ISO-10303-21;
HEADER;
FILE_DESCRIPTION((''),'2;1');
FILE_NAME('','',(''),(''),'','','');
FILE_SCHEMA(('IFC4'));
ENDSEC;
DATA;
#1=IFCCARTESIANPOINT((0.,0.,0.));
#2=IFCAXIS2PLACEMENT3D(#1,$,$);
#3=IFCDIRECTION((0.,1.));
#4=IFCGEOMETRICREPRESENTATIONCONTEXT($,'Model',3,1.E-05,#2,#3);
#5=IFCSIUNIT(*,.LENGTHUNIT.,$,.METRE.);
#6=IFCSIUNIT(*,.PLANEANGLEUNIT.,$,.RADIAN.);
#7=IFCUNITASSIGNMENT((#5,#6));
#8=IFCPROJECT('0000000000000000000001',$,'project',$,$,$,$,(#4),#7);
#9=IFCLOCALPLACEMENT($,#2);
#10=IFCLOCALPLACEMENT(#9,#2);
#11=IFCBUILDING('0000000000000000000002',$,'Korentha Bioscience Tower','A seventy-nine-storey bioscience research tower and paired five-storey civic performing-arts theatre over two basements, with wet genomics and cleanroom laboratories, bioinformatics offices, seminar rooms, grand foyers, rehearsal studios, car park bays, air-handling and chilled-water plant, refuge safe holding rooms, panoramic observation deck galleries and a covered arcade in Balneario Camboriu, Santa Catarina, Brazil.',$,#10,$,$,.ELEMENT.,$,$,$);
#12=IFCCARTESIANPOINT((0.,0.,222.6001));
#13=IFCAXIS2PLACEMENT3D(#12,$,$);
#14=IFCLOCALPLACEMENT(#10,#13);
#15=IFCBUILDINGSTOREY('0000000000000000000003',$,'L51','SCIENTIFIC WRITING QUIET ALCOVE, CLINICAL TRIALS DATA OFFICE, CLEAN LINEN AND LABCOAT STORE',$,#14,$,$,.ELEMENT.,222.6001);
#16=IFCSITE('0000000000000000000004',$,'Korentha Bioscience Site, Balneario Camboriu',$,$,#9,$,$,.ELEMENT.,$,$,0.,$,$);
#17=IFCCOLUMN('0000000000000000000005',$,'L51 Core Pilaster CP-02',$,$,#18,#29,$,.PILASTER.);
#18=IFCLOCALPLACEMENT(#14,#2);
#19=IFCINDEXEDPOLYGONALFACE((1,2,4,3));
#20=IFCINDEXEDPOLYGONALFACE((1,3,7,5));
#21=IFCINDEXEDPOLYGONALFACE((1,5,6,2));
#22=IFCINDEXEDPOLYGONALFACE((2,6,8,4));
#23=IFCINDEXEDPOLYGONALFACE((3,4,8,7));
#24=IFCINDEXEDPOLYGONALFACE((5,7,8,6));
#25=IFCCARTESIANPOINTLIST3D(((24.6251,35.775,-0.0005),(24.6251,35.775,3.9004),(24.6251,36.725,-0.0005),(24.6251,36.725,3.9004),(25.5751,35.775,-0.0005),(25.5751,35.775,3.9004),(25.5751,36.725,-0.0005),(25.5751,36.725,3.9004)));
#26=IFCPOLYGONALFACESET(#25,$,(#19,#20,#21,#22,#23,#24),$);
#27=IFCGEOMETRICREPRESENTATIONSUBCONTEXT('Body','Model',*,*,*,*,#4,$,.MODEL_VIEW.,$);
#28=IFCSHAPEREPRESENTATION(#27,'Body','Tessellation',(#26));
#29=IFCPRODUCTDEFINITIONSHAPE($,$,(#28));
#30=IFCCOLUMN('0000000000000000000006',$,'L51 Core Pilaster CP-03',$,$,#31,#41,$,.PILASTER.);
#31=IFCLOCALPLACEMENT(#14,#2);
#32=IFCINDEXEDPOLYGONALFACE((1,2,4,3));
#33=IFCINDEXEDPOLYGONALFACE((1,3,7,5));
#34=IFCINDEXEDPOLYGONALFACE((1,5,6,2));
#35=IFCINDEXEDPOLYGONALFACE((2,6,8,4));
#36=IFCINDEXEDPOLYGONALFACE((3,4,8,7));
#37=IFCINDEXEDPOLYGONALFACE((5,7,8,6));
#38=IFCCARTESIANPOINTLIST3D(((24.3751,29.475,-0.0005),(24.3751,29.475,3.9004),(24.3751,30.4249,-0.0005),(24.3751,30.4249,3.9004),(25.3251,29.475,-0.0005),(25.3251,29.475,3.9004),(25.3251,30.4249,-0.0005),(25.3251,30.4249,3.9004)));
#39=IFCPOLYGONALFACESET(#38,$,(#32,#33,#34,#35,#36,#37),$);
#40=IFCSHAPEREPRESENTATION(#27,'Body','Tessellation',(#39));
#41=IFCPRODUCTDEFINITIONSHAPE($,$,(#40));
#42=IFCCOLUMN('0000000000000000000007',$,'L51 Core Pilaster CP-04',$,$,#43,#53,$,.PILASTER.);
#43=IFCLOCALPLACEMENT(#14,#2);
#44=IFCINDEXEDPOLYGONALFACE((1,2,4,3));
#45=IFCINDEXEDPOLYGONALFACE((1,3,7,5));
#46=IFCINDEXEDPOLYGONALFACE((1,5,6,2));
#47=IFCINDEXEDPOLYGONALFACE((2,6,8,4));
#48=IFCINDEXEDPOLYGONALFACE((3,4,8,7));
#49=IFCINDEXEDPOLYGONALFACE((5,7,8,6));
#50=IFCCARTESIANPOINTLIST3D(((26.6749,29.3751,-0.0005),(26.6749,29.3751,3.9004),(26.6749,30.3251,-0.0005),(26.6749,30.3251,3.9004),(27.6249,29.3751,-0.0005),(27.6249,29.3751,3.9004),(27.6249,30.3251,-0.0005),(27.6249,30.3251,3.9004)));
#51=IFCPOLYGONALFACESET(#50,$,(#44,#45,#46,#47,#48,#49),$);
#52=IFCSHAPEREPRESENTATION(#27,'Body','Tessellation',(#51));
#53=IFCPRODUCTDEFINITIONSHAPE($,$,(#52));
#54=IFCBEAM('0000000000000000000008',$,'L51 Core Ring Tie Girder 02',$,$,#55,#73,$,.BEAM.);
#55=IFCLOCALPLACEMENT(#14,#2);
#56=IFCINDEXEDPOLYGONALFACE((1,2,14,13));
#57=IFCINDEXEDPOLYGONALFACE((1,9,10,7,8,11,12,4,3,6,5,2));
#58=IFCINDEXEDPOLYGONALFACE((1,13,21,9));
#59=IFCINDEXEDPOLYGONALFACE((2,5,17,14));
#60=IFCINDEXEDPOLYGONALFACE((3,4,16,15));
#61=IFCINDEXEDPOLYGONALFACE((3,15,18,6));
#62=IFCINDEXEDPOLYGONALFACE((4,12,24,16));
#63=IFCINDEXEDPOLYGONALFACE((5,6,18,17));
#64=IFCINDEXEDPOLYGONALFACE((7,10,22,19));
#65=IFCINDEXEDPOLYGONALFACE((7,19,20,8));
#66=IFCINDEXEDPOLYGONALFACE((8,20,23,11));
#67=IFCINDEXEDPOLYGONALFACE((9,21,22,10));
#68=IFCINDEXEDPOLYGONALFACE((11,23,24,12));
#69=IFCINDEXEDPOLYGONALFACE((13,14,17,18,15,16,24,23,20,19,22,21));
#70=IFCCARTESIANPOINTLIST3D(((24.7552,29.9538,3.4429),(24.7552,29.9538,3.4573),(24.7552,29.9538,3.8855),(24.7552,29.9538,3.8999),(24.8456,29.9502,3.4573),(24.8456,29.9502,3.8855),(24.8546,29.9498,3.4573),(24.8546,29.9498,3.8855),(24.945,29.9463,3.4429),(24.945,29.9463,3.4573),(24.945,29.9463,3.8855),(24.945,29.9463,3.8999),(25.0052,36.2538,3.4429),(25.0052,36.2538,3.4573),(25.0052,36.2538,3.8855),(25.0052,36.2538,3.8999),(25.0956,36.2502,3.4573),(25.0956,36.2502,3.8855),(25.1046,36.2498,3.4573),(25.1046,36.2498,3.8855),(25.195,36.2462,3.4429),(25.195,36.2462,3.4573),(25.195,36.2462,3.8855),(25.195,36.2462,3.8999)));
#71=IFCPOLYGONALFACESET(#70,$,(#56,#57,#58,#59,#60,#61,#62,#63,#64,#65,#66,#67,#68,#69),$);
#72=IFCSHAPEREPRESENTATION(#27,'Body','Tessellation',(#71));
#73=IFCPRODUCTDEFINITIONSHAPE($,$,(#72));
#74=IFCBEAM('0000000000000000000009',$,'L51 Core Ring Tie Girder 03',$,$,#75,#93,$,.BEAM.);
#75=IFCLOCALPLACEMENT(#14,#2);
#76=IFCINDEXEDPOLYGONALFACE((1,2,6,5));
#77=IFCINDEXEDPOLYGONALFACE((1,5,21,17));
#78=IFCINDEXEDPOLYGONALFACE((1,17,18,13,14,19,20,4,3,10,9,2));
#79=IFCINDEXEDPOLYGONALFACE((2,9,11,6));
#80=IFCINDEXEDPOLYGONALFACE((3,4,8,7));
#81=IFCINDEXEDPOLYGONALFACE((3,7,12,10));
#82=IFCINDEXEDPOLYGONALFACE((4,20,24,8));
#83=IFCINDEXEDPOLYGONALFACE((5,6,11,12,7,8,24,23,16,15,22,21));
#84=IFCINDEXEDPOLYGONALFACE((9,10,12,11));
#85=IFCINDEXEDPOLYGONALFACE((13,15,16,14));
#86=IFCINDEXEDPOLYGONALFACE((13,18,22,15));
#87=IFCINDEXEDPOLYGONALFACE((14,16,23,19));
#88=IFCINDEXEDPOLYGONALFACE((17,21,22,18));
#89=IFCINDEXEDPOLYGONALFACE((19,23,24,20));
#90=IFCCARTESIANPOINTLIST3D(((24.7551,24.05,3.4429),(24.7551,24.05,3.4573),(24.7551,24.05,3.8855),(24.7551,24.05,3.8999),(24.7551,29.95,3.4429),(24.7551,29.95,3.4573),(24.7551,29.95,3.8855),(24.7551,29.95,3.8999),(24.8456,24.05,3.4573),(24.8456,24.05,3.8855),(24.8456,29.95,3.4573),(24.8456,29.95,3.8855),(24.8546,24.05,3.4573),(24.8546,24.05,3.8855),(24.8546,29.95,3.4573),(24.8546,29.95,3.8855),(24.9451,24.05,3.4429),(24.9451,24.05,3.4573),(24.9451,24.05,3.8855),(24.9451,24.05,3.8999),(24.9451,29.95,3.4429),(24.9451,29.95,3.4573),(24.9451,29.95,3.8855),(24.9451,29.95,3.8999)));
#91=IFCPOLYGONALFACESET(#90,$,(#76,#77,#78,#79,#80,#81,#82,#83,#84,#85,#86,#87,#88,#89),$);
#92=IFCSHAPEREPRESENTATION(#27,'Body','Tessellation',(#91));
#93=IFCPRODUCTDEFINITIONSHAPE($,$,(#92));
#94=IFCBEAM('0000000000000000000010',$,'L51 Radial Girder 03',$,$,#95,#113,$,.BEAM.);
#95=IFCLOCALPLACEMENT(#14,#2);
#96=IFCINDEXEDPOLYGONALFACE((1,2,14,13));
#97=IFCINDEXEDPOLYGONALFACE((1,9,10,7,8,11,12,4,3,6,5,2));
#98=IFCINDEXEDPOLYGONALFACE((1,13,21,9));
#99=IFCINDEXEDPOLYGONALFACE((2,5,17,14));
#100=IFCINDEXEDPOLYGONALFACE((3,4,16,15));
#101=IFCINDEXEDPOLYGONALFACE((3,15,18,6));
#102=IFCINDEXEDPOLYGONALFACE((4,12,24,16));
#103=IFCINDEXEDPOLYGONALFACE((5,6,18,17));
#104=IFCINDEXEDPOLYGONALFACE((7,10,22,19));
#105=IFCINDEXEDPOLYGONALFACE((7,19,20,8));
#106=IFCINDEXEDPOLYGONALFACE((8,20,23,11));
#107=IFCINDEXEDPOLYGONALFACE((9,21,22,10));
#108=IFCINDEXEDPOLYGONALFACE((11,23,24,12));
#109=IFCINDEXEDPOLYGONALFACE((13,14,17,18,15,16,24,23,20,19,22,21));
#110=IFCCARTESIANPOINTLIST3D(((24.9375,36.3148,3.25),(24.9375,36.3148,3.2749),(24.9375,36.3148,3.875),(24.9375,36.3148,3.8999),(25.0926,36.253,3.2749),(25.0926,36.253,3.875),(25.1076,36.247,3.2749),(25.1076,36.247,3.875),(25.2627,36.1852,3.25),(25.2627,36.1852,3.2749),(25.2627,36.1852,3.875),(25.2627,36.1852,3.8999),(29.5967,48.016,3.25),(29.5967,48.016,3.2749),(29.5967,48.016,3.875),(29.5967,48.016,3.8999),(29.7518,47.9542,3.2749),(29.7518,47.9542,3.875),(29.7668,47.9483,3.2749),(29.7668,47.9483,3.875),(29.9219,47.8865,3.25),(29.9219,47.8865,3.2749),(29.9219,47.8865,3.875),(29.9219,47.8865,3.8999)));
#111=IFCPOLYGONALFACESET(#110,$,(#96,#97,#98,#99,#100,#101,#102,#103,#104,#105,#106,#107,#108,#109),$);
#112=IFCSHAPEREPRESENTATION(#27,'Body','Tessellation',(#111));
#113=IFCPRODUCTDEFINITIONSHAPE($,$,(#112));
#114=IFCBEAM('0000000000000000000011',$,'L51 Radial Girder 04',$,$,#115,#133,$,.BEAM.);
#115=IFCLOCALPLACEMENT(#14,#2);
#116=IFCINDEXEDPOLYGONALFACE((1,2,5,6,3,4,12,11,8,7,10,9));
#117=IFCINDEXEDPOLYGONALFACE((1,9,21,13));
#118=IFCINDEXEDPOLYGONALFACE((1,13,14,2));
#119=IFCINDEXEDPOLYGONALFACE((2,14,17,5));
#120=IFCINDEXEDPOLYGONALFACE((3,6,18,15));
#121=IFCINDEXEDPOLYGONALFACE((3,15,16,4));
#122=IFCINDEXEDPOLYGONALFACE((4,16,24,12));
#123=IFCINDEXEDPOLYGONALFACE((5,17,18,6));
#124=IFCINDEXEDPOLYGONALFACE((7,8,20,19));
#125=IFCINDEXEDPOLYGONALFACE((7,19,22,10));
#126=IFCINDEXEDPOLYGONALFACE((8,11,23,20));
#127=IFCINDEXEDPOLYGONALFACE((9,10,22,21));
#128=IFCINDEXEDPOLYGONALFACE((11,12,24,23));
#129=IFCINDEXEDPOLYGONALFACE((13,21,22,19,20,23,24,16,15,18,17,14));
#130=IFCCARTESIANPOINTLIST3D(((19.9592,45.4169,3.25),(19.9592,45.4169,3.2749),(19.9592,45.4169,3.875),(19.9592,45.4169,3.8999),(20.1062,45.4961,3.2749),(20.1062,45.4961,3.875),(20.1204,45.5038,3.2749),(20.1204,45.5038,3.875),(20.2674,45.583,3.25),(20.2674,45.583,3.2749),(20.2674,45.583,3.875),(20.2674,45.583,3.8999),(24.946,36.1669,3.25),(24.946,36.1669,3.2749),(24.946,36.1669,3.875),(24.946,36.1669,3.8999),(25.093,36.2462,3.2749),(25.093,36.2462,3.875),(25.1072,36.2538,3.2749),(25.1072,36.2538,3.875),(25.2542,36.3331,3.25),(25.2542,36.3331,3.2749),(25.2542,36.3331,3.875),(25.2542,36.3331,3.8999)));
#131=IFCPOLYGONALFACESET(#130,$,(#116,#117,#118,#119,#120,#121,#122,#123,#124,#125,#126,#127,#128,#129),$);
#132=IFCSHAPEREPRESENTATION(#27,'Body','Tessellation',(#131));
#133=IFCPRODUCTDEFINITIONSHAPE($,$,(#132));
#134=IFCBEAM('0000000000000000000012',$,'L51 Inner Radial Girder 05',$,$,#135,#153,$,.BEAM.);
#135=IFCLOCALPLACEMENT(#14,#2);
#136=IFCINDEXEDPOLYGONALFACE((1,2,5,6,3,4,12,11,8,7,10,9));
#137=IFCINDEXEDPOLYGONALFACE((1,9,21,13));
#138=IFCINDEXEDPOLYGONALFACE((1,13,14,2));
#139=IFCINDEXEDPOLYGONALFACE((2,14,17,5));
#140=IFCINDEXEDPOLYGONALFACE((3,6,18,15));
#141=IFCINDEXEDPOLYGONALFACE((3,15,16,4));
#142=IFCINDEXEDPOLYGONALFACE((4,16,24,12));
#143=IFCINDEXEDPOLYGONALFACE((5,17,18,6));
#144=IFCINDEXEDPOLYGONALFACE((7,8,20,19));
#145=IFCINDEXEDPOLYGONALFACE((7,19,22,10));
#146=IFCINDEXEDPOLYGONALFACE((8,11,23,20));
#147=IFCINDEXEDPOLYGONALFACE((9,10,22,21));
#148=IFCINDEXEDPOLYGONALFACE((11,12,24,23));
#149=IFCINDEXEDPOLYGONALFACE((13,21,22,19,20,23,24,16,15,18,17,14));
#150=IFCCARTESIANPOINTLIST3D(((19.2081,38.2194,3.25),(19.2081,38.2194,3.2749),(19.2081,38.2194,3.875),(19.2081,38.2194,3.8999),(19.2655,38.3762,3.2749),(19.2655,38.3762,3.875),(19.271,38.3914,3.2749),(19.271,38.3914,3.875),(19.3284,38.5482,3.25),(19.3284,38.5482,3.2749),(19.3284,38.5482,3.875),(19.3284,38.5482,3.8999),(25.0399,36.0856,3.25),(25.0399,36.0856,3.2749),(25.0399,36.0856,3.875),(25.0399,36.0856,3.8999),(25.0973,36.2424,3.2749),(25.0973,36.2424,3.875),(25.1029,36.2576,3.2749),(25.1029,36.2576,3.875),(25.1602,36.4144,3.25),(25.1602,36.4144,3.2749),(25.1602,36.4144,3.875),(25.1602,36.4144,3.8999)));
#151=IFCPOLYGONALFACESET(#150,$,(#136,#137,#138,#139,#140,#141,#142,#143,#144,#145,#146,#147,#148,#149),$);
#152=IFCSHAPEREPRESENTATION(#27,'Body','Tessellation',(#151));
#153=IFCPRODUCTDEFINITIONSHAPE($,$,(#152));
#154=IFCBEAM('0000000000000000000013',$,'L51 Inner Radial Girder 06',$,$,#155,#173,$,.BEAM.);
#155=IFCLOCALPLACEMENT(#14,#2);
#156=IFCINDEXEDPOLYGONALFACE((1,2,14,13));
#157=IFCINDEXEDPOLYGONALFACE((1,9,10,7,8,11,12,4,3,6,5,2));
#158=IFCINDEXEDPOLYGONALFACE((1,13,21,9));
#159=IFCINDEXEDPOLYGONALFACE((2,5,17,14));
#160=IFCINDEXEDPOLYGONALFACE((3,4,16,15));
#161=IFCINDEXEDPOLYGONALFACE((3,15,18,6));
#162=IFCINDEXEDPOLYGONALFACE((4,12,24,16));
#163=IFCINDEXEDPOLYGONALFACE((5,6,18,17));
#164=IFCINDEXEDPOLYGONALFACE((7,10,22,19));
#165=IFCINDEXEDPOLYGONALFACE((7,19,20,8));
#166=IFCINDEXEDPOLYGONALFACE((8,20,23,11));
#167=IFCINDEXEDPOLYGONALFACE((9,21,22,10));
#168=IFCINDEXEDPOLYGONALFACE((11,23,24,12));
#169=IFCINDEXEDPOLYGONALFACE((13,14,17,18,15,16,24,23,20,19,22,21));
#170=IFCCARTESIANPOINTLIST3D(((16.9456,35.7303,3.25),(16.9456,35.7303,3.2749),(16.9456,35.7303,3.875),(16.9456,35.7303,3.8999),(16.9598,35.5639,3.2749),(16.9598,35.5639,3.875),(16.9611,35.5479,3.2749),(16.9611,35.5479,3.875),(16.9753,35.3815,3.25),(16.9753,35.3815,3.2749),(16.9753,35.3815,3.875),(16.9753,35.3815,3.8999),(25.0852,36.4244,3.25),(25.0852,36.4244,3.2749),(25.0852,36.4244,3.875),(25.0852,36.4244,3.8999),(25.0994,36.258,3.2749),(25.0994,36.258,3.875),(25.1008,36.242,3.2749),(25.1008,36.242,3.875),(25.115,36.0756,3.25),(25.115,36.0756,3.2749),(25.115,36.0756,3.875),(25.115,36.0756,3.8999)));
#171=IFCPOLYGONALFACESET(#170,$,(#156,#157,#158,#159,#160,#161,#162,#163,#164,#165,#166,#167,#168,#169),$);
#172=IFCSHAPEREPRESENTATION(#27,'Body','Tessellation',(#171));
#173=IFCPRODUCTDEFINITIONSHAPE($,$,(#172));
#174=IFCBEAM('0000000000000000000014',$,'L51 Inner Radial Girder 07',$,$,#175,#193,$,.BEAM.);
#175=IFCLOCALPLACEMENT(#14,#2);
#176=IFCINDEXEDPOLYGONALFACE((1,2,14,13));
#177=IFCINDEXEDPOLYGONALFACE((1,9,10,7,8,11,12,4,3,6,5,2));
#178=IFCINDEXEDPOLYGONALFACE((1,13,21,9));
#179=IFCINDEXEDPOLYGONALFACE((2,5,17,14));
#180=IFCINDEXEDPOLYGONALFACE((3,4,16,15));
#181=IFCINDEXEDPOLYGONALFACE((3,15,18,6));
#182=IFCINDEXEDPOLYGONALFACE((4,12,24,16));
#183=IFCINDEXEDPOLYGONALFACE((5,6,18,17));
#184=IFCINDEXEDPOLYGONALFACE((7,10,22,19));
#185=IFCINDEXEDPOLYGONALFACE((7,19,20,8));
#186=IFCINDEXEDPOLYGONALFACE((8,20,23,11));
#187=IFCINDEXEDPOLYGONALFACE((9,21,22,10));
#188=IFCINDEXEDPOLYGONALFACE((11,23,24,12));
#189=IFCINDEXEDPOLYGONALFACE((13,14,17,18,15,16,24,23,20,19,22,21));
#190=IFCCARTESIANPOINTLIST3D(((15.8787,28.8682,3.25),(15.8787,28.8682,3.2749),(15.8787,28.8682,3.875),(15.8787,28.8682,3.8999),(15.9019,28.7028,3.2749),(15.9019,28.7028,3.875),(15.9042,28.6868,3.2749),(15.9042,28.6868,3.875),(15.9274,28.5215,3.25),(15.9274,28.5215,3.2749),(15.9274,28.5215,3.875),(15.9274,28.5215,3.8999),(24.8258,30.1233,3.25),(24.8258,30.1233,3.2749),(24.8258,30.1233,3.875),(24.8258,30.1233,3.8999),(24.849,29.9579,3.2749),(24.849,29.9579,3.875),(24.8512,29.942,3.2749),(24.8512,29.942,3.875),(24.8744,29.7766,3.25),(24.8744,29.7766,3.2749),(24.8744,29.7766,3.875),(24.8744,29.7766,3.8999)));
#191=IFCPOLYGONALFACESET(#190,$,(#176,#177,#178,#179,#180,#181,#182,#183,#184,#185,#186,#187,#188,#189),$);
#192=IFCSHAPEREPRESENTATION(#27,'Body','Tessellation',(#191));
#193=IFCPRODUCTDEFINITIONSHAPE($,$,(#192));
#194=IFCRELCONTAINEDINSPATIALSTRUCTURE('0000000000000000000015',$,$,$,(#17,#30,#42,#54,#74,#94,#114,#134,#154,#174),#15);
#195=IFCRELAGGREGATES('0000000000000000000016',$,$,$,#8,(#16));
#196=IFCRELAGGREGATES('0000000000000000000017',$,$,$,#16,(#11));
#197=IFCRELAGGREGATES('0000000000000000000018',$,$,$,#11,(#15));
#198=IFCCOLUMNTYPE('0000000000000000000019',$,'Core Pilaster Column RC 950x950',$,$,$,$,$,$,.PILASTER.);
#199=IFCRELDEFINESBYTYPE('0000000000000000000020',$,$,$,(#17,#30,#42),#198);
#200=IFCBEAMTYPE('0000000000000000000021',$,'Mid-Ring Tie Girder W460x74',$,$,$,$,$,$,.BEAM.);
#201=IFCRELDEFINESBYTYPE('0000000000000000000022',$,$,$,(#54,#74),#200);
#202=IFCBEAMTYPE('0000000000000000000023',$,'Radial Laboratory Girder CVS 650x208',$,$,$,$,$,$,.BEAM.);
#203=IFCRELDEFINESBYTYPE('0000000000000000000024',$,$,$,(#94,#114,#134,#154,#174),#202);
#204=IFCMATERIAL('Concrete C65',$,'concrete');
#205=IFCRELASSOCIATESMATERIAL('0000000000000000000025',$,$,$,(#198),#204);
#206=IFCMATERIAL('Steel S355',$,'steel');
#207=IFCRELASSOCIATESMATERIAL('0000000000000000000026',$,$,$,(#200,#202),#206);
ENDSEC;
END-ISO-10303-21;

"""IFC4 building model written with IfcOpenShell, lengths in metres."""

from ifc_helpers import new_model, si_unit, direction, frame, origin, origin_2d, place, context, subcontext, project, spatial, rectangle, i_section, extrude, material, material_profile, profile_set, type_object, element, save


model = new_model("IFC4")

# Units and contexts
model_context = context("Model", 3, precision=1e-05, world=origin(), true_north=direction((0.0, 1.0)))
body_context = subcontext(model_context, "Body", "Model", "MODEL_VIEW")
ifc_project = project(units=[si_unit("LENGTHUNIT", "METRE"), si_unit("PLANEANGLEUNIT", "RADIAN")], contexts=[model_context])

# Site, building, storey
site_placement = place(None, origin())
site = spatial("IfcSite", under=ifc_project, at=site_placement, Name="Korentha Bioscience Site, Balneario Camboriu", CompositionType="ELEMENT", RefElevation=0.0)
building_placement = place(site_placement, origin())
building = spatial("IfcBuilding", under=site, at=building_placement, Name="Korentha Bioscience Tower", Description="A seventy-nine-storey bioscience research tower and paired five-storey civic performing-arts theatre over two basements, with wet genomics and cleanroom laboratories, bioinformatics offices, seminar rooms, grand foyers, rehearsal studios, car park bays, air-handling and chilled-water plant, refuge safe holding rooms, panoramic observation deck galleries and a covered arcade in Balneario Camboriu, Santa Catarina, Brazil.", CompositionType="ELEMENT")
storey_placement = place(building_placement, frame((0.0, 0.0, 222.6001)))
storey = spatial("IfcBuildingStorey", under=building, at=storey_placement, Name="L51", Description="SCIENTIFIC WRITING QUIET ALCOVE, CLINICAL TRIALS DATA OFFICE, CLEAN LINEN AND LABCOAT STORE", CompositionType="ELEMENT", Elevation=222.6001)

# Columns
ifc_material_1 = material(Name="Concrete C65", Category="concrete")
ifc_material_profile_1 = material_profile(ifc_material_1, rectangle(XDim=0.95, YDim=0.95, at=origin_2d()), Name="Concrete C65")
ifc_profile_set_1 = profile_set([ifc_material_profile_1], Name="Concrete C65 (COL-CP09)")
column_type = type_object("IfcColumnType", Name="Core Pilaster Column RC 950x950", PredefinedType="PILASTER", material=ifc_profile_set_1)
for number, where, z_axis, x_axis, name in (
    (1, (25.1001, 36.25, -0.0005), (0.0, 0.0, 1.0), (1.0, 0.0, 0.0), "L51 Core Pilaster CP-02"),
    (2, (24.8501, 29.95, -0.0005), (0.0, 0.0, 1.0), (1.0, 0.0, 0.0), "L51 Core Pilaster CP-03"),
    (3, (27.1499, 29.8501, -0.0005), (0.0, 0.0, 1.0), (1.0, 0.0, 0.0), "L51 Core Pilaster CP-04"),
):
    element("IfcColumn", number, at=place(storey_placement, frame(where, z_axis=z_axis, x_axis=x_axis)), inside=storey, type_object=column_type, Name=name, PredefinedType="PILASTER", context=body_context, shape_type="SweptSolid", body=[
        extrude(rectangle(XDim=0.95, YDim=0.95, at=origin_2d()), origin(), (0.0, 0.0, 1.0), 3.9009),
    ])

# Beams
ifc_material_2 = material(Name="Steel S355", Category="steel")
ifc_material_profile_2 = material_profile(ifc_material_2, i_section(OverallWidth=0.1899, OverallDepth=0.457, WebThickness=0.009, FlangeThickness=0.0144, at=origin_2d()), Name="Steel S355")
ifc_profile_set_2 = profile_set([ifc_material_profile_2], Name="Steel S355 (MB-460)")
beam_type_1 = type_object("IfcBeamType", Name="Mid-Ring Tie Girder W460x74", PredefinedType="BEAM", material=ifc_profile_set_2)
beam_1_placement = place(storey_placement, frame((25.1001, 36.25, 3.6714), z_axis=(-0.039651, -0.999214, 0.0), x_axis=(0.999214, -0.039651, 0.0)))
element("IfcBeam", 4, at=beam_1_placement, inside=storey, type_object=beam_type_1, Name="L51 Core Ring Tie Girder 02", PredefinedType="BEAM", context=body_context, shape_type="SweptSolid", body=[
    extrude(i_section(OverallWidth=0.1899, OverallDepth=0.457, WebThickness=0.009, FlangeThickness=0.0144, at=origin_2d()), origin(), (0.0, 0.0, 1.0), 6.3049),
])
beam_2_placement = place(storey_placement, frame((24.8501, 29.95, 3.6714), z_axis=(0.0, -1.0, 0.0), x_axis=(1.0, 0.0, 0.0)))
element("IfcBeam", 5, at=beam_2_placement, inside=storey, type_object=beam_type_1, Name="L51 Core Ring Tie Girder 03", PredefinedType="BEAM", context=body_context, shape_type="SweptSolid", body=[
    extrude(i_section(OverallWidth=0.1899, OverallDepth=0.457, WebThickness=0.009, FlangeThickness=0.0144, at=origin_2d()), origin(), (0.0, 0.0, 1.0), 5.8999),
])
ifc_material_profile_3 = material_profile(ifc_material_2, i_section(OverallWidth=0.3501, OverallDepth=0.6499, WebThickness=0.0161, FlangeThickness=0.0249, at=origin_2d()), Name="Steel S355")
ifc_profile_set_3 = profile_set([ifc_material_profile_3], Name="Steel S355 (RB-650)")
beam_type_2 = type_object("IfcBeamType", Name="Radial Laboratory Girder CVS 650x208", PredefinedType="BEAM", material=ifc_profile_set_3)
beam_3_placement = place(storey_placement, frame((25.1001, 36.25, 3.575), z_axis=(0.369933, 0.929058, 0.0), x_axis=(-0.929058, 0.369933, 0.0)))
element("IfcBeam", 6, at=beam_3_placement, inside=storey, type_object=beam_type_2, Name="L51 Radial Girder 03", PredefinedType="BEAM", context=body_context, shape_type="SweptSolid", body=[
    extrude(i_section(OverallWidth=0.3501, OverallDepth=0.6499, WebThickness=0.0161, FlangeThickness=0.0249, at=origin_2d()), origin(), (0.0, 0.0, 1.0), 12.5947),
])
beam_4_placement = place(storey_placement, frame((25.1001, 36.25, 3.575), z_axis=(-0.474546, 0.880231, 0.0), x_axis=(-0.880231, -0.474546, 0.0)))
element("IfcBeam", 7, at=beam_4_placement, inside=storey, type_object=beam_type_2, Name="L51 Radial Girder 04", PredefinedType="BEAM", context=body_context, shape_type="SweptSolid", body=[
    extrude(i_section(OverallWidth=0.3501, OverallDepth=0.6499, WebThickness=0.0161, FlangeThickness=0.0249, at=origin_2d()), origin(), (0.0, 0.0, 1.0), 10.5085),
])
beam_5_placement = place(storey_placement, frame((25.1001, 36.25, 3.575), z_axis=(-0.939112, 0.343611, 0.0), x_axis=(-0.343611, -0.939112, 0.0)))
element("IfcBeam", 8, at=beam_5_placement, inside=storey, type_object=beam_type_2, Name="L51 Inner Radial Girder 05", PredefinedType="BEAM", context=body_context, shape_type="SweptSolid", body=[
    extrude(i_section(OverallWidth=0.3501, OverallDepth=0.6499, WebThickness=0.0161, FlangeThickness=0.0249, at=origin_2d()), origin(), (0.0, 0.0, 1.0), 6.21),
])
beam_6_placement = place(storey_placement, frame((25.1001, 36.25, 3.575), z_axis=(-0.996384, -0.084965, 0.0), x_axis=(0.084965, -0.996384, 0.0)))
element("IfcBeam", 9, at=beam_6_placement, inside=storey, type_object=beam_type_2, Name="L51 Inner Radial Girder 06", PredefinedType="BEAM", context=body_context, shape_type="SweptSolid", body=[
    extrude(i_section(OverallWidth=0.3501, OverallDepth=0.6499, WebThickness=0.0161, FlangeThickness=0.0249, at=origin_2d()), origin(), (0.0, 0.0, 1.0), 8.1692),
])
beam_7_placement = place(storey_placement, frame((24.8501, 29.95, 3.575), z_axis=(-0.990303, -0.138924, 0.0), x_axis=(0.138924, -0.990303, 0.0)))
element("IfcBeam", 10, at=beam_7_placement, inside=storey, type_object=beam_type_2, Name="L51 Inner Radial Girder 07", PredefinedType="BEAM", context=body_context, shape_type="SweptSolid", body=[
    extrude(i_section(OverallWidth=0.3501, OverallDepth=0.6499, WebThickness=0.0161, FlangeThickness=0.0249, at=origin_2d()), origin(), (0.0, 0.0, 1.0), 9.0347),
])

save(model, "model.ifc")
